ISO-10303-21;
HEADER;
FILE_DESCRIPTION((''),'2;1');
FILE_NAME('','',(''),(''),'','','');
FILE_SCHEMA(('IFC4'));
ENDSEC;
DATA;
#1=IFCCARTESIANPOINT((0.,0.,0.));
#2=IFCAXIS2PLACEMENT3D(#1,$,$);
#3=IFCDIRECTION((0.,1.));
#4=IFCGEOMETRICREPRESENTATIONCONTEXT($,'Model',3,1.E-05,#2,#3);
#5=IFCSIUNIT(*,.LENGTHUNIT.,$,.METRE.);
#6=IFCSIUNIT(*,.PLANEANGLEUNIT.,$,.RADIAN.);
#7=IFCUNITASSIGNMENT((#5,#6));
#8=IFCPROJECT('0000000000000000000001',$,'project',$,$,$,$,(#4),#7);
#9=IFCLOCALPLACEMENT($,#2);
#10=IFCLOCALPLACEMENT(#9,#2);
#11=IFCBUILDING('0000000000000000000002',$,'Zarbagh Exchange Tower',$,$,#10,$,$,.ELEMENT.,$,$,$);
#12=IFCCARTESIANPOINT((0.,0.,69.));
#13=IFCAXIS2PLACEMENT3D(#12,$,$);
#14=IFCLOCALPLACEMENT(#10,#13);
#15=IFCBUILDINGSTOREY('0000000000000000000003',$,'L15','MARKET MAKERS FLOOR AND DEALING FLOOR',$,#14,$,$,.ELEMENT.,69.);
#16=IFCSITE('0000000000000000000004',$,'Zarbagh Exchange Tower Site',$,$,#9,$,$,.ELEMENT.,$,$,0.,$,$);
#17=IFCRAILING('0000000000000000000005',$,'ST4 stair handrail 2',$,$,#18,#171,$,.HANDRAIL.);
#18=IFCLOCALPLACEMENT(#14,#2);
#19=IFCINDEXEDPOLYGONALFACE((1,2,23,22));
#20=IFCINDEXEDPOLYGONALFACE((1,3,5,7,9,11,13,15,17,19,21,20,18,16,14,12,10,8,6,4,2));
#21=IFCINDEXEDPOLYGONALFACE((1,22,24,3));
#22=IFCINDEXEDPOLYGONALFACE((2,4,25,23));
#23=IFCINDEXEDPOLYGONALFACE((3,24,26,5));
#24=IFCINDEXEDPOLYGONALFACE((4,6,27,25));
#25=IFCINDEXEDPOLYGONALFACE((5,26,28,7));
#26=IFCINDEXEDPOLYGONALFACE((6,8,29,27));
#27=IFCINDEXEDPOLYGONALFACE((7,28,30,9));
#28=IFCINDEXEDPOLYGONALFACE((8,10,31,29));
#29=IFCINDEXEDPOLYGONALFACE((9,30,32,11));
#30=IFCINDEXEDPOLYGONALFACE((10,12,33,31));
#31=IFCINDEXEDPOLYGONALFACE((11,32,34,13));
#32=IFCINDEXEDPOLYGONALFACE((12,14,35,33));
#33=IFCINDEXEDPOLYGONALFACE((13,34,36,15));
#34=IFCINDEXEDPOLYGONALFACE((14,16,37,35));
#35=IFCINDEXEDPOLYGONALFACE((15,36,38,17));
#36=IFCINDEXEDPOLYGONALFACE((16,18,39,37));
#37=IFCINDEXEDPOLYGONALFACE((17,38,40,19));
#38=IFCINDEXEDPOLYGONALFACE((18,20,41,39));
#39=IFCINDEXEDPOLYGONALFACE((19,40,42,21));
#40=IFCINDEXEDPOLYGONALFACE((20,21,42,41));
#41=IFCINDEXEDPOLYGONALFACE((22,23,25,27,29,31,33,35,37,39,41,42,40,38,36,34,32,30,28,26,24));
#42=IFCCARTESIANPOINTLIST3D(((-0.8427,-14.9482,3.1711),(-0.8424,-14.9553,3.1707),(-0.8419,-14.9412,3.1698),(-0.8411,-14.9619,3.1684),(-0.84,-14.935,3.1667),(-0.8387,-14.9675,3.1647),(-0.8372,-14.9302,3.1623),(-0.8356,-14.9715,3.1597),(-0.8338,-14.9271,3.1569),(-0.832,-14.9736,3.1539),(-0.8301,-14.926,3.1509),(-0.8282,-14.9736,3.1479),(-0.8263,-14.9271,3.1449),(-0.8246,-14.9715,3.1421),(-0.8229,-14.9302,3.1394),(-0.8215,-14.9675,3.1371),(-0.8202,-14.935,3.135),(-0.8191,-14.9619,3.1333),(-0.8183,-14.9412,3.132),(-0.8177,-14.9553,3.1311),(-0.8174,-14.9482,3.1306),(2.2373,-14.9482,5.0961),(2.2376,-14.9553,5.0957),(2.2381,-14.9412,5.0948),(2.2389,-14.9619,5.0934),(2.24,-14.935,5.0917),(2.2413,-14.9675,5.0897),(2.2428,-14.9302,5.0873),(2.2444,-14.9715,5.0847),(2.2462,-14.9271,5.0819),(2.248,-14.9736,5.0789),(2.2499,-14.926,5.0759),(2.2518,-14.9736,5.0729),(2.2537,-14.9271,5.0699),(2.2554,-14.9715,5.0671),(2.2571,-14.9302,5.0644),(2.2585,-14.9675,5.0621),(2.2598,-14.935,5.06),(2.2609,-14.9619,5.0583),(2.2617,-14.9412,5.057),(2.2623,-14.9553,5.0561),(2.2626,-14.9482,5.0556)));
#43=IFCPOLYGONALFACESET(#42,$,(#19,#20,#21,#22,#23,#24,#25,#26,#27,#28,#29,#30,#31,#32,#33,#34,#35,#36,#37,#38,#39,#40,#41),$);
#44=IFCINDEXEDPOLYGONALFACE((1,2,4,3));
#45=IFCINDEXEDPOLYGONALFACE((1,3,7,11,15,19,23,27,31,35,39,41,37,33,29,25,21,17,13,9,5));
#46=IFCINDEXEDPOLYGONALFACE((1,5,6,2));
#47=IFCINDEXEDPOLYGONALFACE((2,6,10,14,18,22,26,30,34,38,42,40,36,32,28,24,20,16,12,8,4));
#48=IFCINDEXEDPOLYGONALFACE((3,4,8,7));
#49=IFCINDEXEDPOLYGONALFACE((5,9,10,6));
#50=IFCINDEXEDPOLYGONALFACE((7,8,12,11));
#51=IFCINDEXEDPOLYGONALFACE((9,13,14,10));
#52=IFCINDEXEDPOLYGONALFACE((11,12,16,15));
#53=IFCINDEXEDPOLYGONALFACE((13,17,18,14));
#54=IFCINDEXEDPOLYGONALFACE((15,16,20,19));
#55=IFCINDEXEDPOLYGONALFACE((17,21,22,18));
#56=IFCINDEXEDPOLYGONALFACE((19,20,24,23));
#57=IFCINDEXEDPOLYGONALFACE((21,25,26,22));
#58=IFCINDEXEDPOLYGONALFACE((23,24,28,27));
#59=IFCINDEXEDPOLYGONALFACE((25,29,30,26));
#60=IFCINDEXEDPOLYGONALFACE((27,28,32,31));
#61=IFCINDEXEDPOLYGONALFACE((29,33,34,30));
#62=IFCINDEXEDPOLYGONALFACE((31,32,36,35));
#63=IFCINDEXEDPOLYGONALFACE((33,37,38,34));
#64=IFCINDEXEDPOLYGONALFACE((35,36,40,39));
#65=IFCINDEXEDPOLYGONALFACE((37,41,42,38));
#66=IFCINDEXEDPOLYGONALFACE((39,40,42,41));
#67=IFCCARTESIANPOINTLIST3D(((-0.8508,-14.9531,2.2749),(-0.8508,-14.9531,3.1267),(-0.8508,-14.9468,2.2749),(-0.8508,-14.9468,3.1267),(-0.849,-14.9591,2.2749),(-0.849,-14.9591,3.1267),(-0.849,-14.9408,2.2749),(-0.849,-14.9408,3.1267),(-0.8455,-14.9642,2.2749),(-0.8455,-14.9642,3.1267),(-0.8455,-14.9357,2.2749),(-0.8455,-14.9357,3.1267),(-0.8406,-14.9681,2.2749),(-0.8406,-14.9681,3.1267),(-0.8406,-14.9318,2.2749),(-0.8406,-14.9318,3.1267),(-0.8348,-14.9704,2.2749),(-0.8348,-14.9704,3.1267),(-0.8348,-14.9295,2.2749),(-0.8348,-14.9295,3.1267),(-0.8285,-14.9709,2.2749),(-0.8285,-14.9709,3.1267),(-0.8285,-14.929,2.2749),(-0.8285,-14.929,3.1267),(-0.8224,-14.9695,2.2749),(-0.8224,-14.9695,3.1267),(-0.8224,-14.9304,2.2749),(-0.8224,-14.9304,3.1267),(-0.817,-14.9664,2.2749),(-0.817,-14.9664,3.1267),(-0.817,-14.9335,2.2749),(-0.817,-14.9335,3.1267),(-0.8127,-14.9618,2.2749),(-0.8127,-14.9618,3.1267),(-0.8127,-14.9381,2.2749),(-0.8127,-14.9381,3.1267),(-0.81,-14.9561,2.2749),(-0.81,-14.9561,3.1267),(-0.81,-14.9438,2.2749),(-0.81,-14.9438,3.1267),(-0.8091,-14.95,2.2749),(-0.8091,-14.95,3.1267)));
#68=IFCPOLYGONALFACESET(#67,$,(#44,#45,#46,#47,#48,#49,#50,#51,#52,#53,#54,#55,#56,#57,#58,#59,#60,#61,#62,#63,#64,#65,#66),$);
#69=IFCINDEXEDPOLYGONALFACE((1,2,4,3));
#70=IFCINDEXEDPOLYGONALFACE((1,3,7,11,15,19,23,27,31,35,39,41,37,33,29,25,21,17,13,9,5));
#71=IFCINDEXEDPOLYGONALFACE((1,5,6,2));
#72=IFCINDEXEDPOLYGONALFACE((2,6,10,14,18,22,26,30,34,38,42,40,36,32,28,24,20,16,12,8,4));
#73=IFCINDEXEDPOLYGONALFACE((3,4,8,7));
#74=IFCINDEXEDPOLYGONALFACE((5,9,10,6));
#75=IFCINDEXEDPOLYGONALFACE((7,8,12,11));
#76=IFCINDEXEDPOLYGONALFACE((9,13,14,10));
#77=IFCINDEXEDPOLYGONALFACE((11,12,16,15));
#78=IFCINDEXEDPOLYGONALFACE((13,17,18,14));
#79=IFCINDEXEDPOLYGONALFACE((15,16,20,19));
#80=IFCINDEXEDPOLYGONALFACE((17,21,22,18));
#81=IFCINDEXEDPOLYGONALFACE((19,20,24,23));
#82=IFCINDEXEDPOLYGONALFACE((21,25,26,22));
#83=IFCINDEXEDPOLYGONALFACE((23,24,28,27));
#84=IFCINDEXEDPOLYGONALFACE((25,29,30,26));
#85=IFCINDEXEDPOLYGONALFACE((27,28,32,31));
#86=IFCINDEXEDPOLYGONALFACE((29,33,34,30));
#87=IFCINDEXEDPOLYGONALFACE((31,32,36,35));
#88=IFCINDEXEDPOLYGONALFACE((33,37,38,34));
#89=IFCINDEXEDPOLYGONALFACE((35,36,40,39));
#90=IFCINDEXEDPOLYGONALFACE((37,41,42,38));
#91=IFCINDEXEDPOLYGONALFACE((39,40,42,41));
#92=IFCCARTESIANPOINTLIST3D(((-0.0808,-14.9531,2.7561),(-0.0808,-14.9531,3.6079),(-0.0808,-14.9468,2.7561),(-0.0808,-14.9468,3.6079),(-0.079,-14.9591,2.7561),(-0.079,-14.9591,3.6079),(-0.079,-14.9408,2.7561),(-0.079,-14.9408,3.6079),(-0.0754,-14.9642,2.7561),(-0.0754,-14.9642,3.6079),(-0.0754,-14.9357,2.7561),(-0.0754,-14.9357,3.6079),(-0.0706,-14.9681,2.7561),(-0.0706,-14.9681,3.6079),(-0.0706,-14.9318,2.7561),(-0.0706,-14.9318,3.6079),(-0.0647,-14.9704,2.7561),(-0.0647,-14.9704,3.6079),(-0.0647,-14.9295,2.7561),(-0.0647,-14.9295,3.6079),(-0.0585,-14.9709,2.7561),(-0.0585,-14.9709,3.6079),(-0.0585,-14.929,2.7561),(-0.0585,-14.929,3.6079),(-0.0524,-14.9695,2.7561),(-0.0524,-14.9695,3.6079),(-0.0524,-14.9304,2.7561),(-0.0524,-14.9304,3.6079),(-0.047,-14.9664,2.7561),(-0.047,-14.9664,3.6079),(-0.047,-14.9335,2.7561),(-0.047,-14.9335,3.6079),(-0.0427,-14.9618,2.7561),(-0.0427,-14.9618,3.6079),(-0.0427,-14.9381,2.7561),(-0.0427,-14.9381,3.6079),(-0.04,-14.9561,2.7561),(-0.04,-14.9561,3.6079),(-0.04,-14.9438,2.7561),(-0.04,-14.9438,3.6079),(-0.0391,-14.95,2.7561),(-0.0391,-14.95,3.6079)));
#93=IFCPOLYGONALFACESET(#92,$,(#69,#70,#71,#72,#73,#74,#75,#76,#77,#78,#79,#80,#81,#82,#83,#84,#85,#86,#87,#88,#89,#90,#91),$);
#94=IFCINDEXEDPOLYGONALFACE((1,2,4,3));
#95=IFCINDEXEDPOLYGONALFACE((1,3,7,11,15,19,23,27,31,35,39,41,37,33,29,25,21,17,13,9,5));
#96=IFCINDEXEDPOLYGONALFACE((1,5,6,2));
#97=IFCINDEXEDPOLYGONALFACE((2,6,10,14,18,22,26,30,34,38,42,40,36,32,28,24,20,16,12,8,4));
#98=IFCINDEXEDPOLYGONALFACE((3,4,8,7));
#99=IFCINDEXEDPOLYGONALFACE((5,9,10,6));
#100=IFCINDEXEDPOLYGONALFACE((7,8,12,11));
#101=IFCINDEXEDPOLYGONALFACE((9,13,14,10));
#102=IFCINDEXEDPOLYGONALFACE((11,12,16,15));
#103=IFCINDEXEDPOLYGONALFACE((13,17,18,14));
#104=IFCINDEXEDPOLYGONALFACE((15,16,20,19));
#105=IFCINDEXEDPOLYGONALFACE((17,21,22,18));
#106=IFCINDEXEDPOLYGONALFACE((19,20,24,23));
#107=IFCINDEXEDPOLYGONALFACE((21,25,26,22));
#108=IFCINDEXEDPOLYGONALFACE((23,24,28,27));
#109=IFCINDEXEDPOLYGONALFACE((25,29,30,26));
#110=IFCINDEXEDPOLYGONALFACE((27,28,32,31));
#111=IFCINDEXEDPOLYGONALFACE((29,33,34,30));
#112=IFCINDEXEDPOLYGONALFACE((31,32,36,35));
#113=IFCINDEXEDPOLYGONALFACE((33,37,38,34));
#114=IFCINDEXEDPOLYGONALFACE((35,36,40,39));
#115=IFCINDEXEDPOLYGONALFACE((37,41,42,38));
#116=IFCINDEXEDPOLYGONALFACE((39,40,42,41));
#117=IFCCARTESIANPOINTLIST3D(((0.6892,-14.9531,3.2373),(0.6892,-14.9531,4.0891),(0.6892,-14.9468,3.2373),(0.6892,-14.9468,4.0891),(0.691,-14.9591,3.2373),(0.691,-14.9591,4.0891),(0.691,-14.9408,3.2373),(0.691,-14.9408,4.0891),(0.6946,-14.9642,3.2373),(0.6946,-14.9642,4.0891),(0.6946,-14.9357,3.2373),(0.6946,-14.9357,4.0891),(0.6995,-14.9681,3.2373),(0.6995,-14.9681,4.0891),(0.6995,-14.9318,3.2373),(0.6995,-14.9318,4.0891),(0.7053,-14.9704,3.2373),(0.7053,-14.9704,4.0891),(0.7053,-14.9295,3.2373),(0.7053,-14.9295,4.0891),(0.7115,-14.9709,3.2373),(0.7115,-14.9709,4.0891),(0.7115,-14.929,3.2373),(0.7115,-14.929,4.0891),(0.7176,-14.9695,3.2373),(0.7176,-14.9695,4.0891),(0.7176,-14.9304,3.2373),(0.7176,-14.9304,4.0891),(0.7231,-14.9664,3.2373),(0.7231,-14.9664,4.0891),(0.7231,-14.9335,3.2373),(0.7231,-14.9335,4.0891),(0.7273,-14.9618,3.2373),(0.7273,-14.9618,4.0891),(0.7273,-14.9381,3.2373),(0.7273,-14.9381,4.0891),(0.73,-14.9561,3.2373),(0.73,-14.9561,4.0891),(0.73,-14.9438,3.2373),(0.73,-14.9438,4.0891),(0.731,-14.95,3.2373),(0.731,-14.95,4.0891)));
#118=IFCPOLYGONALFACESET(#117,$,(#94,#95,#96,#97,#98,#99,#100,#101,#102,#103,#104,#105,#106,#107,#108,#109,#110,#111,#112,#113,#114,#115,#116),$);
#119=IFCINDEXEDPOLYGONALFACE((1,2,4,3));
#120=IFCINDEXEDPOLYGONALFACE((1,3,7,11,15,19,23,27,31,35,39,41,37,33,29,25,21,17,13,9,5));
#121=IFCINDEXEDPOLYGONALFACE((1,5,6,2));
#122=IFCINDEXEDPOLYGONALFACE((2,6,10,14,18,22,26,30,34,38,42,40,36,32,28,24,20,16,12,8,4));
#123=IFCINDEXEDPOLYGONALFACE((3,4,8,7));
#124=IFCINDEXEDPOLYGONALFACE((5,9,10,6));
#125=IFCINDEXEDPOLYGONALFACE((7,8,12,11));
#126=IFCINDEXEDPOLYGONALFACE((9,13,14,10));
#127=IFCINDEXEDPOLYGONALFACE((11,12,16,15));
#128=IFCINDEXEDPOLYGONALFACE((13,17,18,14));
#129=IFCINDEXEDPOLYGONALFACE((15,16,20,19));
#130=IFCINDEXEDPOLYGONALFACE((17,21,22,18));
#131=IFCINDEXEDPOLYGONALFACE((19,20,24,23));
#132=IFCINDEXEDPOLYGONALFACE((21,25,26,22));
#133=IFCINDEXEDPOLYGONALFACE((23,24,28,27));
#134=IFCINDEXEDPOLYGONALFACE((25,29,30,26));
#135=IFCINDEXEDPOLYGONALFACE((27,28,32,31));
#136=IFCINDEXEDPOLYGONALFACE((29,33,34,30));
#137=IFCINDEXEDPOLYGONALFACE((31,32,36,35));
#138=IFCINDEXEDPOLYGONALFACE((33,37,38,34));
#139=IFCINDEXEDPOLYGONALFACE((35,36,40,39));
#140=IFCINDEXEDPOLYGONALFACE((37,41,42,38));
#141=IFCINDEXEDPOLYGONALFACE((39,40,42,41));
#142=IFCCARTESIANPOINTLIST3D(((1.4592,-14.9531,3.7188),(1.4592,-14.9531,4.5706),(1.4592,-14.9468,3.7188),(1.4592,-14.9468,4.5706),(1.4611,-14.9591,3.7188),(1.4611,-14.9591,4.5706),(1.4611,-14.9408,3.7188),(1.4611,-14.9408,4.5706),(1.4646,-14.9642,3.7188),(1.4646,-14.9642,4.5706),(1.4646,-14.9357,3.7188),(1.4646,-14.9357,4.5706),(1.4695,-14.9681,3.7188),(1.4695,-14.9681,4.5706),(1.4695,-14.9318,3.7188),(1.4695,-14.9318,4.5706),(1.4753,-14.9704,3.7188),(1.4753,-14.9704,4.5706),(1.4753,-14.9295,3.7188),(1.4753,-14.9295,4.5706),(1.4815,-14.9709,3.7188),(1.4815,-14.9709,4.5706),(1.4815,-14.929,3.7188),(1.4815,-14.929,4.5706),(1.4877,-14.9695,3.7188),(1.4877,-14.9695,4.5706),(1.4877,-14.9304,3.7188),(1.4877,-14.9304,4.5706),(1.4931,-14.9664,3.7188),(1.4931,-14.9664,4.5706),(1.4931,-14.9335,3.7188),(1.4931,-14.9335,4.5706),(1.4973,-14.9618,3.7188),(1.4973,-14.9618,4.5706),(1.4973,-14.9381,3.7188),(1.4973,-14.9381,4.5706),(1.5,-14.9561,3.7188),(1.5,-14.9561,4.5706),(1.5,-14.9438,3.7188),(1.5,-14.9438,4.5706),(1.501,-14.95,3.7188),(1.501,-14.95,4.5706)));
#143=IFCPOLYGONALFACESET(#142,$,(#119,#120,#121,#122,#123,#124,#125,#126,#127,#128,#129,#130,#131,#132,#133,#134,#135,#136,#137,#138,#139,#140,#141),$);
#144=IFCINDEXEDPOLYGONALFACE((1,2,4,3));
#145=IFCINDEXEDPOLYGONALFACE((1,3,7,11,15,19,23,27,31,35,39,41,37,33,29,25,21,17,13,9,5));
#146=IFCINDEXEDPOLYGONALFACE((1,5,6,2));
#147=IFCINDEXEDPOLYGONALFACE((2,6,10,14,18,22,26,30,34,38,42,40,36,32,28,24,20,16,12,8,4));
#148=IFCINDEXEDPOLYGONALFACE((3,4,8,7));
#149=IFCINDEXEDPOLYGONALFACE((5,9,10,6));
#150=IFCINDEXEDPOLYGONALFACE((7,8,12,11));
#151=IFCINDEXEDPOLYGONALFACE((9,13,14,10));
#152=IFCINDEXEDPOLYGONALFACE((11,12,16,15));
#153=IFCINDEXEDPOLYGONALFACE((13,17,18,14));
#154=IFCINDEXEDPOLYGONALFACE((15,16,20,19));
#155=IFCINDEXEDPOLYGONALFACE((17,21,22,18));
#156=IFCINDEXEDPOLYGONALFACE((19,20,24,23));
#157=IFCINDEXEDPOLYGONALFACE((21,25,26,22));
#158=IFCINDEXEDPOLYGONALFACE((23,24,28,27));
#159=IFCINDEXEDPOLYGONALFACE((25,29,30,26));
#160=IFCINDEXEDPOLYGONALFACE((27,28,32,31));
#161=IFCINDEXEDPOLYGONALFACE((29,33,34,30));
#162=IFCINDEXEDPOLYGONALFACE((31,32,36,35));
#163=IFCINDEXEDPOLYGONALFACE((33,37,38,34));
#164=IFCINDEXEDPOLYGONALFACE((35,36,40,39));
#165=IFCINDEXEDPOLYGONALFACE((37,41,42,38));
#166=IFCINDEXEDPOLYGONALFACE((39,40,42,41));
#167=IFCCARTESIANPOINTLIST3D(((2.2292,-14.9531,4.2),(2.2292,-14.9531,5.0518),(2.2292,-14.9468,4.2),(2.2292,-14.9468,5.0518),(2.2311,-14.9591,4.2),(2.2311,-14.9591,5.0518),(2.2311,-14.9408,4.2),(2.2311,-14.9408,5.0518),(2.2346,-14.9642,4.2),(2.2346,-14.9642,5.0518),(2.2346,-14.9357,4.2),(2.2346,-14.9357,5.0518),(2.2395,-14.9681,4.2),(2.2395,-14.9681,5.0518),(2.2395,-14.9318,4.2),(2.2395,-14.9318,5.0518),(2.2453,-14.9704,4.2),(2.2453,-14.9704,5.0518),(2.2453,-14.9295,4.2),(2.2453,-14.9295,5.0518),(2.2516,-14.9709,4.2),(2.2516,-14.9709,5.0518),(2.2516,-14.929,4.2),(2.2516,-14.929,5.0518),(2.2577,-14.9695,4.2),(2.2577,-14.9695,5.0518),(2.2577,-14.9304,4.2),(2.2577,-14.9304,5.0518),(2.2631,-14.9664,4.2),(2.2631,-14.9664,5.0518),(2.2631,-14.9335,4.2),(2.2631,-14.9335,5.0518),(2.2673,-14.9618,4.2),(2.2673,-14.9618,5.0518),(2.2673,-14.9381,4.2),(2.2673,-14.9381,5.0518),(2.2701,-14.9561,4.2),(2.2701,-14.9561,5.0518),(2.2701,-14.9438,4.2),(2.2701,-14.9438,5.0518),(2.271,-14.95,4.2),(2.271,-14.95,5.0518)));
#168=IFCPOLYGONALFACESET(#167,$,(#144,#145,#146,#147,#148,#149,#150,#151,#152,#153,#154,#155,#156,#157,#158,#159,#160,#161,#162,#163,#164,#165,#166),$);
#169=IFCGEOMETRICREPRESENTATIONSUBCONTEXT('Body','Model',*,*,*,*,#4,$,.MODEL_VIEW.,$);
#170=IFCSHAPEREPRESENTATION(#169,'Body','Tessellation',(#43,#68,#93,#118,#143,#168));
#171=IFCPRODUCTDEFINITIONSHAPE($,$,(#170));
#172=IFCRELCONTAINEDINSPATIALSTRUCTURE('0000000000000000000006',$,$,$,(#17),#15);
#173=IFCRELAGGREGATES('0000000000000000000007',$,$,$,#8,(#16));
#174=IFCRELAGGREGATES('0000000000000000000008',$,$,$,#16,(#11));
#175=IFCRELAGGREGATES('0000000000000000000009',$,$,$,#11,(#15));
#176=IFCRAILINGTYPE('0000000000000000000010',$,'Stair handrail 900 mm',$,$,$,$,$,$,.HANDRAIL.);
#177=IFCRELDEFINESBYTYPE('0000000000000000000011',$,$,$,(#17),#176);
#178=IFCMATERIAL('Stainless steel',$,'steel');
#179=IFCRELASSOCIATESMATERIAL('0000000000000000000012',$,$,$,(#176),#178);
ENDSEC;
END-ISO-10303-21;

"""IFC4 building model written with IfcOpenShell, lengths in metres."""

from ifc_helpers import new_model, si_unit, direction, frame, origin, origin_2d, place, context, subcontext, project, spatial, circle, extrude, material, type_object, element, save


model = new_model("IFC4")

# Units and contexts
model_context = context("Model", 3, precision=1e-05, world=origin(), true_north=direction((0.0, 1.0)))
body_context = subcontext(model_context, "Body", "Model", "MODEL_VIEW")
ifc_project = project(units=[si_unit("LENGTHUNIT", "METRE"), si_unit("PLANEANGLEUNIT", "RADIAN")], contexts=[model_context])

# Site, building, storey
site_placement = place(None, origin())
site = spatial("IfcSite", under=ifc_project, at=site_placement, Name="Zarbagh Exchange Tower Site", CompositionType="ELEMENT", RefElevation=0.0)
building_placement = place(site_placement, origin())
building = spatial("IfcBuilding", under=site, at=building_placement, Name="Zarbagh Exchange Tower", CompositionType="ELEMENT")
storey_placement = place(building_placement, frame((0.0, 0.0, 69.0)))
storey = spatial("IfcBuildingStorey", under=building, at=storey_placement, Name="L15", Description="MARKET MAKERS FLOOR AND DEALING FLOOR", CompositionType="ELEMENT", Elevation=69.0)

# Shared definitions
ifc_material_1 = material(Name="Stainless steel", Category="steel")

# Railing
railing_type_1 = type_object("IfcRailingType", Name="Stair handrail 900 mm", PredefinedType="HANDRAIL", material=ifc_material_1)
for number, where, name in (
    (1, (-0.8301, -14.95, 2.2749), "ST4 stair handrail 2"),
):
    element("IfcRailing", number, at=place(storey_placement, frame(where)), inside=storey, type_object=railing_type_1, Name=name, PredefinedType="HANDRAIL", context=body_context, shape_type="SweptSolid", body=[
        extrude(circle(Radius=0.0239, at=origin_2d()), frame((0.0, 0.0, 0.876), z_axis=(0.847998, 0.0, 0.529999), x_axis=(0.0, 1.0, 0.0)), (0.0, 0.0, 1.0), 3.6321),
        extrude(circle(Radius=0.021, at=origin_2d()), origin(), (0.0, 0.0, 1.0), 0.8518),
        extrude(circle(Radius=0.021, at=origin_2d()), frame((0.77, 0.0, 0.4812)), (0.0, 0.0, 1.0), 0.8518),
        extrude(circle(Radius=0.021, at=origin_2d()), frame((1.54, 0.0, 0.9624)), (0.0, 0.0, 1.0), 0.8518),
        extrude(circle(Radius=0.021, at=origin_2d()), frame((2.3101, 0.0, 1.4438)), (0.0, 0.0, 1.0), 0.8518),
        extrude(circle(Radius=0.021, at=origin_2d()), frame((3.0801, 0.0, 1.925)), (0.0, 0.0, 1.0), 0.8518),
    ])

save(model, "model.ifc")
